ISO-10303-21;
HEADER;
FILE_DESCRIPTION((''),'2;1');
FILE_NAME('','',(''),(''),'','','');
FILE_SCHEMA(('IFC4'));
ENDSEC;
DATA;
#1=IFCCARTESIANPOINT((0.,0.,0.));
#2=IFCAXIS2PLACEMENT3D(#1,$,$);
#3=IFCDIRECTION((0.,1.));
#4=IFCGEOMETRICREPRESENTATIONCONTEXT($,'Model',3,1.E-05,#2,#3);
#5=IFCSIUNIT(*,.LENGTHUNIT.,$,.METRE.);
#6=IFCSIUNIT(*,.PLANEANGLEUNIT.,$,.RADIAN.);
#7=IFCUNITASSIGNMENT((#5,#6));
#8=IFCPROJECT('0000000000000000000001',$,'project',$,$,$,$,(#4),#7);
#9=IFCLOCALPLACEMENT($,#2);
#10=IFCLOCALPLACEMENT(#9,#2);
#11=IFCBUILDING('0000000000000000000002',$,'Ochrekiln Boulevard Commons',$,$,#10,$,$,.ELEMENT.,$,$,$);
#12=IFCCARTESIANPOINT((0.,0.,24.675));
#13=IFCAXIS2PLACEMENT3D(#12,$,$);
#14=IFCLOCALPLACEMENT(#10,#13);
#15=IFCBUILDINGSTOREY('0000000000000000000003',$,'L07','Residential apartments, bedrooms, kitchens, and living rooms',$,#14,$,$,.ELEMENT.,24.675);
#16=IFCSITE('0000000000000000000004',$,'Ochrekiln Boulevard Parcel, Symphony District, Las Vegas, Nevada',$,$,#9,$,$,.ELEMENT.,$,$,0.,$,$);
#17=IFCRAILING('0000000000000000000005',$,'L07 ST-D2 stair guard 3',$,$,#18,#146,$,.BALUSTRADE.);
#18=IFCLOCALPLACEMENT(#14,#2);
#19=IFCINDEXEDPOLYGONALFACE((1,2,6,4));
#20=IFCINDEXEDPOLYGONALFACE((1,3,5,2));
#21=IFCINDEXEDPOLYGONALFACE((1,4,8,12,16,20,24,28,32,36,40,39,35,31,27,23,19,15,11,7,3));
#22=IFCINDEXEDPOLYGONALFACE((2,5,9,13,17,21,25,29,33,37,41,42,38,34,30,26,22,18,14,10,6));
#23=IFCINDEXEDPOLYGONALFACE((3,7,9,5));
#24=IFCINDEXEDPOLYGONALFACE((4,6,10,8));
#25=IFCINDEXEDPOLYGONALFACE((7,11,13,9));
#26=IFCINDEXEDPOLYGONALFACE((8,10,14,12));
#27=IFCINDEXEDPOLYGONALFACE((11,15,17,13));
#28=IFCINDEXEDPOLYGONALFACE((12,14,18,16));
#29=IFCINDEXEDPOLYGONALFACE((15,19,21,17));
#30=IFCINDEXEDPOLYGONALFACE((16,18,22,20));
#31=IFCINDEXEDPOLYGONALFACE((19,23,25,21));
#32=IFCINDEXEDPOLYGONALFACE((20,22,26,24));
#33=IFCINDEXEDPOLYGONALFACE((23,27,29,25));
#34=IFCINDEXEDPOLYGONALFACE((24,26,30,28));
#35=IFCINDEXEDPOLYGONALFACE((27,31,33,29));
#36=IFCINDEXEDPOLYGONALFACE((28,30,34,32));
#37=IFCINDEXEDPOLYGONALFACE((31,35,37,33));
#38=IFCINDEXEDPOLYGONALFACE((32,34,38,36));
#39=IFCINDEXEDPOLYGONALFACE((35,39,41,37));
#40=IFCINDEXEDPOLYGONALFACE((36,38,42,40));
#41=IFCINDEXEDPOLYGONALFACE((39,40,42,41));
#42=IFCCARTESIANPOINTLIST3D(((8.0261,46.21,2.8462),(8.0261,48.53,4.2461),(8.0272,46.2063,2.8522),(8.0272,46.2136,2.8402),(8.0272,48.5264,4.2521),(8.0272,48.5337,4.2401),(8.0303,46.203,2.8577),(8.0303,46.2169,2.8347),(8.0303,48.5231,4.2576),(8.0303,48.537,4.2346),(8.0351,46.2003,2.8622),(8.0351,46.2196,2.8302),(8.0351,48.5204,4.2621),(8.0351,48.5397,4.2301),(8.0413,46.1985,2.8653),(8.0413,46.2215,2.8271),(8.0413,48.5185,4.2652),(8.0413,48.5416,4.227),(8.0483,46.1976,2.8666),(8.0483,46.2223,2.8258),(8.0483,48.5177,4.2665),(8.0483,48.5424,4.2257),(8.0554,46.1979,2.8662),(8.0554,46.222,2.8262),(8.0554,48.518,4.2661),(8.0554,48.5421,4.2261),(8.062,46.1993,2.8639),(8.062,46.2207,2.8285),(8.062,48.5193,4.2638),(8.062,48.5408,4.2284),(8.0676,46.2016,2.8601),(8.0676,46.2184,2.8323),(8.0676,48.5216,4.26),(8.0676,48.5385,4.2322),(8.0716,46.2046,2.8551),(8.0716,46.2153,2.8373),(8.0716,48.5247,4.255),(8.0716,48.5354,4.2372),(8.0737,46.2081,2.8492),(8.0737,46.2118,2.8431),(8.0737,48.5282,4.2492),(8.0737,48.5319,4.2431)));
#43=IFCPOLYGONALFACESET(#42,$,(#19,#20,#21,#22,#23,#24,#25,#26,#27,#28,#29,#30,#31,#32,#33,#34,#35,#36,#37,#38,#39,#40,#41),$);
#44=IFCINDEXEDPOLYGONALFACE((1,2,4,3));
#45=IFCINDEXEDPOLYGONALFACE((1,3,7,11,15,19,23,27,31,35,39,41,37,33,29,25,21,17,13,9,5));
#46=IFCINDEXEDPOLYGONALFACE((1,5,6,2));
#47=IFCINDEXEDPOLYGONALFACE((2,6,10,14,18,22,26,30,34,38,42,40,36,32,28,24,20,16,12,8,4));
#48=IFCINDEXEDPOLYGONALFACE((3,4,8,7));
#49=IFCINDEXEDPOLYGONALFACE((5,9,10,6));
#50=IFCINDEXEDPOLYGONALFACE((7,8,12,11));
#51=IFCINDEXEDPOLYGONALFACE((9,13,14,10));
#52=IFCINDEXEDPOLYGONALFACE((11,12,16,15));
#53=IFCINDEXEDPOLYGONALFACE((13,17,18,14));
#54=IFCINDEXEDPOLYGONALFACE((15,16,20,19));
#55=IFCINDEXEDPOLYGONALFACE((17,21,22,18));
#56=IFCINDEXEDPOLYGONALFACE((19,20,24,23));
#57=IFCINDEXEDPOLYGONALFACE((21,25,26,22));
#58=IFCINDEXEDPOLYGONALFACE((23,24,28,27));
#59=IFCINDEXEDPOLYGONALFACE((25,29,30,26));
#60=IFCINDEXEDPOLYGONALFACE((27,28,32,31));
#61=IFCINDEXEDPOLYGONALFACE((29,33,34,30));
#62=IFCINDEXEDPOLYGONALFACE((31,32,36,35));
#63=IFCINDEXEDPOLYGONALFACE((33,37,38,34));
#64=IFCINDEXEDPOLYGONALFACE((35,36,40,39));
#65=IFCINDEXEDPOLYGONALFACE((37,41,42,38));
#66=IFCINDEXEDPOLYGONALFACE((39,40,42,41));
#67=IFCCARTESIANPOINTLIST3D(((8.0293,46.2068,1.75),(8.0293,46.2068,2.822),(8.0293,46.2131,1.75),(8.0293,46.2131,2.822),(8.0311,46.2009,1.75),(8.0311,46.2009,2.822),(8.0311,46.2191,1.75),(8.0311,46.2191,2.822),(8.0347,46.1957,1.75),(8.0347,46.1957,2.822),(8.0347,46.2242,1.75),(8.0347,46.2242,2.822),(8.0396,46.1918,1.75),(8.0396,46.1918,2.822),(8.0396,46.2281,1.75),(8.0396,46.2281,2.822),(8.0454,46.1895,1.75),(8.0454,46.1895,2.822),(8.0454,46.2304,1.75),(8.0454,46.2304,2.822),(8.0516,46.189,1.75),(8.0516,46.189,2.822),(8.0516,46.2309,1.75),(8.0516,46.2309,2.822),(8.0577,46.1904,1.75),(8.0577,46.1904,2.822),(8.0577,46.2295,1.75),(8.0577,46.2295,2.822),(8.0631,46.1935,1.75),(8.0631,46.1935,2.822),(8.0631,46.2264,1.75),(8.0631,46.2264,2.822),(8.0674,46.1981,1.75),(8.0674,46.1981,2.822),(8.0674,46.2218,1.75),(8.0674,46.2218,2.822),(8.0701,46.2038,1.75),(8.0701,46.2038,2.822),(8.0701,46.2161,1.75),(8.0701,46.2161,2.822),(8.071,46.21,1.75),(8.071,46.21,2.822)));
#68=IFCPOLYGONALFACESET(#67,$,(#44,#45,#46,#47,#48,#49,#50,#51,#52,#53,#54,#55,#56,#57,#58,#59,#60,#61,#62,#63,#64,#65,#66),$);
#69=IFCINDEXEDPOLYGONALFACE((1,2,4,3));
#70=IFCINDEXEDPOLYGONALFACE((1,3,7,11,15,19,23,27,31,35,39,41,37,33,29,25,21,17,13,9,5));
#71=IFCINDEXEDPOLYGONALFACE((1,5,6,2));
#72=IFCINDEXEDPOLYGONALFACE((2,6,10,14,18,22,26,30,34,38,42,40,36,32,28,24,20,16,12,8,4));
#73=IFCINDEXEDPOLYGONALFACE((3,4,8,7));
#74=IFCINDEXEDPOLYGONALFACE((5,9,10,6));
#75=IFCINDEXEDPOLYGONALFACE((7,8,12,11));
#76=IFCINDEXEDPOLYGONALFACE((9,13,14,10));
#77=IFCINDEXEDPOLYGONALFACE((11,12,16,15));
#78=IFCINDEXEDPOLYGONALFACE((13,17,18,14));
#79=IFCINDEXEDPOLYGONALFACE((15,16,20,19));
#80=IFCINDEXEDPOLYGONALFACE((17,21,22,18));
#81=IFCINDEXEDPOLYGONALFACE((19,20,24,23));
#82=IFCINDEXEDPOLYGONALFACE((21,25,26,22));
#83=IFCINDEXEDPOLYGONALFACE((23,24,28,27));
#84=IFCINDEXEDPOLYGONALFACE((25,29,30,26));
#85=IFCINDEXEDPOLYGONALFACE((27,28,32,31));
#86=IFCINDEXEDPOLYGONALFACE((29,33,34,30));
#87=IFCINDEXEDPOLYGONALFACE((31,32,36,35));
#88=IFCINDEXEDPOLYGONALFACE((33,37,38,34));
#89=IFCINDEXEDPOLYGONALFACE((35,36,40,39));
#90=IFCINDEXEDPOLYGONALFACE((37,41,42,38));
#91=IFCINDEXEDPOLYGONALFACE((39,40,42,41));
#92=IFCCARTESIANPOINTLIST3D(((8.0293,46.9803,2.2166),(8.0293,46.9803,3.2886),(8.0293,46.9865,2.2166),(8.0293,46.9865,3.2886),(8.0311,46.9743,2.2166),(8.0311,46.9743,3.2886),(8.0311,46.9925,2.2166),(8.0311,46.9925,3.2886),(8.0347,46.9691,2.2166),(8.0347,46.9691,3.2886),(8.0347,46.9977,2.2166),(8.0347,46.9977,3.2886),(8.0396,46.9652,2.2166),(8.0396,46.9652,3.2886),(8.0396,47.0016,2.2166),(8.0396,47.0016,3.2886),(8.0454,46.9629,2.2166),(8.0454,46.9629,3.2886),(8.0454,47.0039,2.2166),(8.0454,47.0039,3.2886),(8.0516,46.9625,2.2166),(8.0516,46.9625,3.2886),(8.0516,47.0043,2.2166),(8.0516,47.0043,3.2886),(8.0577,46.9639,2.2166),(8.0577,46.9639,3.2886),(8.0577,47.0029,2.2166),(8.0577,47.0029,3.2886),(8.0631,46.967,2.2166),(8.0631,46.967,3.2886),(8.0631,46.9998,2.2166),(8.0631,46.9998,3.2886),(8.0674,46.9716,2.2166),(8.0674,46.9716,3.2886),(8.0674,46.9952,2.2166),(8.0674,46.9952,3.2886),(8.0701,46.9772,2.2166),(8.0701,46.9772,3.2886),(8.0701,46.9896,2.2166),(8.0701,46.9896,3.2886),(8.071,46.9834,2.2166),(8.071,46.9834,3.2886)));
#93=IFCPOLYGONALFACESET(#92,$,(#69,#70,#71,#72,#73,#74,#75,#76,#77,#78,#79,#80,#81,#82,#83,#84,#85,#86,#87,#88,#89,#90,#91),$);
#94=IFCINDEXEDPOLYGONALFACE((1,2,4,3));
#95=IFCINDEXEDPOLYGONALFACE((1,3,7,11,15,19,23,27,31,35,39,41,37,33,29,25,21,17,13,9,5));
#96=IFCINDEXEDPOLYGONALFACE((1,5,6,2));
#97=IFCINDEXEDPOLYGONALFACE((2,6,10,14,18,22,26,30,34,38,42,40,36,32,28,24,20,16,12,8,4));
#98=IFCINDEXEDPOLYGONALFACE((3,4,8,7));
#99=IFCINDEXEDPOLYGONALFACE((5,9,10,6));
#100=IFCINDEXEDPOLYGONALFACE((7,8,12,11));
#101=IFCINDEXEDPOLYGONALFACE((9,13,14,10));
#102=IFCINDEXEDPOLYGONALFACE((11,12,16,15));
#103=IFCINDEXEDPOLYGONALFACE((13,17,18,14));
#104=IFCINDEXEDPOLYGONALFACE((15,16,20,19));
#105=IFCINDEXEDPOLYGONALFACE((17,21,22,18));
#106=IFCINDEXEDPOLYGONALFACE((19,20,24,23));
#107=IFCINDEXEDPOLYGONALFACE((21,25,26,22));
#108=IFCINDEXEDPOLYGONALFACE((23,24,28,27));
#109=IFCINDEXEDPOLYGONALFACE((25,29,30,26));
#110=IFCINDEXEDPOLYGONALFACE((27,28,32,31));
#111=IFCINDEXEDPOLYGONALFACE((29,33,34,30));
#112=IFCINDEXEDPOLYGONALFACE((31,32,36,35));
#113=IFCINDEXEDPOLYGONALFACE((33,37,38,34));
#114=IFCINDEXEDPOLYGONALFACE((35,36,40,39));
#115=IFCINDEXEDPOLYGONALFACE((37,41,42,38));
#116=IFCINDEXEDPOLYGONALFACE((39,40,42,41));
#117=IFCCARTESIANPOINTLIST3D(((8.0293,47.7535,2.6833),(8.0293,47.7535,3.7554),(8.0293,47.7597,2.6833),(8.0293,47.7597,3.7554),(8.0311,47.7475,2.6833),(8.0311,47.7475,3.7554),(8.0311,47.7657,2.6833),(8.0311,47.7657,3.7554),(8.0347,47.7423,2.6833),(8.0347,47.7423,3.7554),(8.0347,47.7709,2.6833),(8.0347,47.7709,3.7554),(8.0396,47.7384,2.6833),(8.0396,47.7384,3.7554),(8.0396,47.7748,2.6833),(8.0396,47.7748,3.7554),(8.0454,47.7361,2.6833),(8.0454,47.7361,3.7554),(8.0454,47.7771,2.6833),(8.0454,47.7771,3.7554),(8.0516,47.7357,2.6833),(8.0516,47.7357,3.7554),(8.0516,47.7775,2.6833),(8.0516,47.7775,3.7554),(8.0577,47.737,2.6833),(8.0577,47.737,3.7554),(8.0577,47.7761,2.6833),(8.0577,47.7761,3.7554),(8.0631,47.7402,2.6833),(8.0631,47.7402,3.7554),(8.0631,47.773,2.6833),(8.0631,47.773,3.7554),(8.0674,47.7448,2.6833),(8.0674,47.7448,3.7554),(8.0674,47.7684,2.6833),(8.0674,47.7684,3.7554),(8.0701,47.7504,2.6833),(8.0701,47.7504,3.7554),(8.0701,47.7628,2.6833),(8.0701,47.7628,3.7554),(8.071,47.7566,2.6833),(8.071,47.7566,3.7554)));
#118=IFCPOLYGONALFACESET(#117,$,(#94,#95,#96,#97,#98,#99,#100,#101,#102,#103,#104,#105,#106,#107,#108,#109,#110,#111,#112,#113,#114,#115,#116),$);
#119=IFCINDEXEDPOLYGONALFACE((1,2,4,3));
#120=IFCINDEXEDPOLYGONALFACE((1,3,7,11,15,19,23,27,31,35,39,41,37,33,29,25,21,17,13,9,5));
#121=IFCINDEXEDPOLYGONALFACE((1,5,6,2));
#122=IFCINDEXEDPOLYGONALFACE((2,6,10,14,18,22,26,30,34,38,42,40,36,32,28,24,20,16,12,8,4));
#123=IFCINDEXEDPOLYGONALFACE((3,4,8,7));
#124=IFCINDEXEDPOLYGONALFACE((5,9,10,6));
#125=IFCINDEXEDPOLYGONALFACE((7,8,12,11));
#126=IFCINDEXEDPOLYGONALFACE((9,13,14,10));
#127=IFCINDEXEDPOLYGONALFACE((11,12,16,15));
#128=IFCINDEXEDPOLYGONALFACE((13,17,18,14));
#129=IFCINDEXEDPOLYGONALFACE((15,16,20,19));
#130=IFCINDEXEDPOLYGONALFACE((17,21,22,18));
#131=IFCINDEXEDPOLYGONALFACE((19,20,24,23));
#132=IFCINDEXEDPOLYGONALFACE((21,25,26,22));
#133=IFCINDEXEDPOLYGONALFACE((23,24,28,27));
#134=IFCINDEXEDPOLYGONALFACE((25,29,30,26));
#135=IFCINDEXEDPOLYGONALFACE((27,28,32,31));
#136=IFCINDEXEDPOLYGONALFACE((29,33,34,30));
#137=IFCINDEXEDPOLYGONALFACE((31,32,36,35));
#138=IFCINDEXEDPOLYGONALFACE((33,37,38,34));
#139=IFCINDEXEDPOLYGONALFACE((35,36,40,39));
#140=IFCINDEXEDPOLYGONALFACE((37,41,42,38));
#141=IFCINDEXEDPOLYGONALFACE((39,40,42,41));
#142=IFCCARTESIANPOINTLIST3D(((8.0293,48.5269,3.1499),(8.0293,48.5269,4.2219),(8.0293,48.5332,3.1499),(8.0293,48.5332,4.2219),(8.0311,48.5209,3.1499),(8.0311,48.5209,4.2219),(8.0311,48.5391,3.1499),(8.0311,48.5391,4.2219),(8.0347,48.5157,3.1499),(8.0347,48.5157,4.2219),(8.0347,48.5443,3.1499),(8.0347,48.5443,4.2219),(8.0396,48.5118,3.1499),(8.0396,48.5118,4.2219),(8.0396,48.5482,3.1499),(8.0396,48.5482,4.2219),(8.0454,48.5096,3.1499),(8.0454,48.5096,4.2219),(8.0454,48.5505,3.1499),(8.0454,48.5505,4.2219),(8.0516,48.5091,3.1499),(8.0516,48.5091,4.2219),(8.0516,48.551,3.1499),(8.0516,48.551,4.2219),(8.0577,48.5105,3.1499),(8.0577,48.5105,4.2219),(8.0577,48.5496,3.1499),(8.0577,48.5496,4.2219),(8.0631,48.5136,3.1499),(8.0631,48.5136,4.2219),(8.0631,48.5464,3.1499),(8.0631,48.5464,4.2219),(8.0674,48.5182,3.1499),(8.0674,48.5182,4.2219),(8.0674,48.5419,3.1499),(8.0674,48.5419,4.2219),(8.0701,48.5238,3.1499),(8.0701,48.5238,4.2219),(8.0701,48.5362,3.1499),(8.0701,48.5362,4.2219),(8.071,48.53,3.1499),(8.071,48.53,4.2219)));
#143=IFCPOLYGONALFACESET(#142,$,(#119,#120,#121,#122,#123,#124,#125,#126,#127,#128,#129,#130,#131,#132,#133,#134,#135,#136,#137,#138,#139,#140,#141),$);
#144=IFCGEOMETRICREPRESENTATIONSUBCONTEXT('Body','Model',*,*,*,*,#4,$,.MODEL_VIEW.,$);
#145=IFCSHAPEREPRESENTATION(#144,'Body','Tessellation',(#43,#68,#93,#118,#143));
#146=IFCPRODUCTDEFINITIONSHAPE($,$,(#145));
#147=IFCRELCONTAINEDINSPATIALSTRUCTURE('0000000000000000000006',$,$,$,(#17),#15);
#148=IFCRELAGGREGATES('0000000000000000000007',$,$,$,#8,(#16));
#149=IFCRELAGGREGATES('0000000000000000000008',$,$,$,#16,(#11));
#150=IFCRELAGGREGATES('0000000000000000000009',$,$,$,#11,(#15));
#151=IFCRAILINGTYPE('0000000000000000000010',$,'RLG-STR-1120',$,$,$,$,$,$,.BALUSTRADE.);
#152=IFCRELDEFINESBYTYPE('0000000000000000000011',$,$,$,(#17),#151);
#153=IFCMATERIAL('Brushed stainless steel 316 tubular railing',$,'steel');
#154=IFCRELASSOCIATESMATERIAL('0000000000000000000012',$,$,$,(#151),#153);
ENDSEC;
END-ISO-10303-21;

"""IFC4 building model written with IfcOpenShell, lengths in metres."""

from ifc_helpers import new_model, si_unit, direction, frame, origin, origin_2d, place, context, subcontext, project, spatial, circle, extrude, material, type_object, element, save


model = new_model("IFC4")

# Units and contexts
model_context = context("Model", 3, precision=1e-05, world=origin(), true_north=direction((0.0, 1.0)))
body_context = subcontext(model_context, "Body", "Model", "MODEL_VIEW")
ifc_project = project(units=[si_unit("LENGTHUNIT", "METRE"), si_unit("PLANEANGLEUNIT", "RADIAN")], contexts=[model_context])

# Site, building, storey
site_placement = place(None, origin())
site = spatial("IfcSite", under=ifc_project, at=site_placement, Name="Ochrekiln Boulevard Parcel, Symphony District, Las Vegas, Nevada", CompositionType="ELEMENT", RefElevation=0.0)
building_placement = place(site_placement, origin())
building = spatial("IfcBuilding", under=site, at=building_placement, Name="Ochrekiln Boulevard Commons", CompositionType="ELEMENT")
storey_placement = place(building_placement, frame((0.0, 0.0, 24.675)))
storey = spatial("IfcBuildingStorey", under=building, at=storey_placement, Name="L07", Description="Residential apartments, bedrooms, kitchens, and living rooms", CompositionType="ELEMENT", Elevation=24.675)

# Railing
ifc_material_1 = material(Name="Brushed stainless steel 316 tubular railing", Category="steel")
railing_type_1 = type_object("IfcRailingType", Name="RLG-STR-1120", PredefinedType="BALUSTRADE", material=ifc_material_1)
railing_1_placement = place(storey_placement, frame((8.05, 46.21, 1.75)))
element("IfcRailing", 1, at=railing_1_placement, inside=storey, type_object=railing_type_1, Name="L07 ST-D2 stair guard 3", PredefinedType="BALUSTRADE", context=body_context, shape_type="SweptSolid", body=[
    extrude(circle(Radius=0.0239, at=origin_2d()), frame((0.0, 0.0, 1.0962), z_axis=(0.0, 0.85621, 0.516627), x_axis=(-1.0, 0.0, 0.0)), (0.0, 0.0, 1.0), 2.7097),
    extrude(circle(Radius=0.021, at=origin_2d()), origin(), (0.0, 0.0, 1.0), 1.072),
    extrude(circle(Radius=0.021, at=origin_2d()), frame((0.0, 0.7734, 0.4666)), (0.0, 0.0, 1.0), 1.072),
    extrude(circle(Radius=0.021, at=origin_2d()), frame((0.0, 1.5466, 0.9333)), (0.0, 0.0, 1.0), 1.072),
    extrude(circle(Radius=0.021, at=origin_2d()), frame((0.0, 2.3201, 1.3999)), (0.0, 0.0, 1.0), 1.072),
])

save(model, "model.ifc")
